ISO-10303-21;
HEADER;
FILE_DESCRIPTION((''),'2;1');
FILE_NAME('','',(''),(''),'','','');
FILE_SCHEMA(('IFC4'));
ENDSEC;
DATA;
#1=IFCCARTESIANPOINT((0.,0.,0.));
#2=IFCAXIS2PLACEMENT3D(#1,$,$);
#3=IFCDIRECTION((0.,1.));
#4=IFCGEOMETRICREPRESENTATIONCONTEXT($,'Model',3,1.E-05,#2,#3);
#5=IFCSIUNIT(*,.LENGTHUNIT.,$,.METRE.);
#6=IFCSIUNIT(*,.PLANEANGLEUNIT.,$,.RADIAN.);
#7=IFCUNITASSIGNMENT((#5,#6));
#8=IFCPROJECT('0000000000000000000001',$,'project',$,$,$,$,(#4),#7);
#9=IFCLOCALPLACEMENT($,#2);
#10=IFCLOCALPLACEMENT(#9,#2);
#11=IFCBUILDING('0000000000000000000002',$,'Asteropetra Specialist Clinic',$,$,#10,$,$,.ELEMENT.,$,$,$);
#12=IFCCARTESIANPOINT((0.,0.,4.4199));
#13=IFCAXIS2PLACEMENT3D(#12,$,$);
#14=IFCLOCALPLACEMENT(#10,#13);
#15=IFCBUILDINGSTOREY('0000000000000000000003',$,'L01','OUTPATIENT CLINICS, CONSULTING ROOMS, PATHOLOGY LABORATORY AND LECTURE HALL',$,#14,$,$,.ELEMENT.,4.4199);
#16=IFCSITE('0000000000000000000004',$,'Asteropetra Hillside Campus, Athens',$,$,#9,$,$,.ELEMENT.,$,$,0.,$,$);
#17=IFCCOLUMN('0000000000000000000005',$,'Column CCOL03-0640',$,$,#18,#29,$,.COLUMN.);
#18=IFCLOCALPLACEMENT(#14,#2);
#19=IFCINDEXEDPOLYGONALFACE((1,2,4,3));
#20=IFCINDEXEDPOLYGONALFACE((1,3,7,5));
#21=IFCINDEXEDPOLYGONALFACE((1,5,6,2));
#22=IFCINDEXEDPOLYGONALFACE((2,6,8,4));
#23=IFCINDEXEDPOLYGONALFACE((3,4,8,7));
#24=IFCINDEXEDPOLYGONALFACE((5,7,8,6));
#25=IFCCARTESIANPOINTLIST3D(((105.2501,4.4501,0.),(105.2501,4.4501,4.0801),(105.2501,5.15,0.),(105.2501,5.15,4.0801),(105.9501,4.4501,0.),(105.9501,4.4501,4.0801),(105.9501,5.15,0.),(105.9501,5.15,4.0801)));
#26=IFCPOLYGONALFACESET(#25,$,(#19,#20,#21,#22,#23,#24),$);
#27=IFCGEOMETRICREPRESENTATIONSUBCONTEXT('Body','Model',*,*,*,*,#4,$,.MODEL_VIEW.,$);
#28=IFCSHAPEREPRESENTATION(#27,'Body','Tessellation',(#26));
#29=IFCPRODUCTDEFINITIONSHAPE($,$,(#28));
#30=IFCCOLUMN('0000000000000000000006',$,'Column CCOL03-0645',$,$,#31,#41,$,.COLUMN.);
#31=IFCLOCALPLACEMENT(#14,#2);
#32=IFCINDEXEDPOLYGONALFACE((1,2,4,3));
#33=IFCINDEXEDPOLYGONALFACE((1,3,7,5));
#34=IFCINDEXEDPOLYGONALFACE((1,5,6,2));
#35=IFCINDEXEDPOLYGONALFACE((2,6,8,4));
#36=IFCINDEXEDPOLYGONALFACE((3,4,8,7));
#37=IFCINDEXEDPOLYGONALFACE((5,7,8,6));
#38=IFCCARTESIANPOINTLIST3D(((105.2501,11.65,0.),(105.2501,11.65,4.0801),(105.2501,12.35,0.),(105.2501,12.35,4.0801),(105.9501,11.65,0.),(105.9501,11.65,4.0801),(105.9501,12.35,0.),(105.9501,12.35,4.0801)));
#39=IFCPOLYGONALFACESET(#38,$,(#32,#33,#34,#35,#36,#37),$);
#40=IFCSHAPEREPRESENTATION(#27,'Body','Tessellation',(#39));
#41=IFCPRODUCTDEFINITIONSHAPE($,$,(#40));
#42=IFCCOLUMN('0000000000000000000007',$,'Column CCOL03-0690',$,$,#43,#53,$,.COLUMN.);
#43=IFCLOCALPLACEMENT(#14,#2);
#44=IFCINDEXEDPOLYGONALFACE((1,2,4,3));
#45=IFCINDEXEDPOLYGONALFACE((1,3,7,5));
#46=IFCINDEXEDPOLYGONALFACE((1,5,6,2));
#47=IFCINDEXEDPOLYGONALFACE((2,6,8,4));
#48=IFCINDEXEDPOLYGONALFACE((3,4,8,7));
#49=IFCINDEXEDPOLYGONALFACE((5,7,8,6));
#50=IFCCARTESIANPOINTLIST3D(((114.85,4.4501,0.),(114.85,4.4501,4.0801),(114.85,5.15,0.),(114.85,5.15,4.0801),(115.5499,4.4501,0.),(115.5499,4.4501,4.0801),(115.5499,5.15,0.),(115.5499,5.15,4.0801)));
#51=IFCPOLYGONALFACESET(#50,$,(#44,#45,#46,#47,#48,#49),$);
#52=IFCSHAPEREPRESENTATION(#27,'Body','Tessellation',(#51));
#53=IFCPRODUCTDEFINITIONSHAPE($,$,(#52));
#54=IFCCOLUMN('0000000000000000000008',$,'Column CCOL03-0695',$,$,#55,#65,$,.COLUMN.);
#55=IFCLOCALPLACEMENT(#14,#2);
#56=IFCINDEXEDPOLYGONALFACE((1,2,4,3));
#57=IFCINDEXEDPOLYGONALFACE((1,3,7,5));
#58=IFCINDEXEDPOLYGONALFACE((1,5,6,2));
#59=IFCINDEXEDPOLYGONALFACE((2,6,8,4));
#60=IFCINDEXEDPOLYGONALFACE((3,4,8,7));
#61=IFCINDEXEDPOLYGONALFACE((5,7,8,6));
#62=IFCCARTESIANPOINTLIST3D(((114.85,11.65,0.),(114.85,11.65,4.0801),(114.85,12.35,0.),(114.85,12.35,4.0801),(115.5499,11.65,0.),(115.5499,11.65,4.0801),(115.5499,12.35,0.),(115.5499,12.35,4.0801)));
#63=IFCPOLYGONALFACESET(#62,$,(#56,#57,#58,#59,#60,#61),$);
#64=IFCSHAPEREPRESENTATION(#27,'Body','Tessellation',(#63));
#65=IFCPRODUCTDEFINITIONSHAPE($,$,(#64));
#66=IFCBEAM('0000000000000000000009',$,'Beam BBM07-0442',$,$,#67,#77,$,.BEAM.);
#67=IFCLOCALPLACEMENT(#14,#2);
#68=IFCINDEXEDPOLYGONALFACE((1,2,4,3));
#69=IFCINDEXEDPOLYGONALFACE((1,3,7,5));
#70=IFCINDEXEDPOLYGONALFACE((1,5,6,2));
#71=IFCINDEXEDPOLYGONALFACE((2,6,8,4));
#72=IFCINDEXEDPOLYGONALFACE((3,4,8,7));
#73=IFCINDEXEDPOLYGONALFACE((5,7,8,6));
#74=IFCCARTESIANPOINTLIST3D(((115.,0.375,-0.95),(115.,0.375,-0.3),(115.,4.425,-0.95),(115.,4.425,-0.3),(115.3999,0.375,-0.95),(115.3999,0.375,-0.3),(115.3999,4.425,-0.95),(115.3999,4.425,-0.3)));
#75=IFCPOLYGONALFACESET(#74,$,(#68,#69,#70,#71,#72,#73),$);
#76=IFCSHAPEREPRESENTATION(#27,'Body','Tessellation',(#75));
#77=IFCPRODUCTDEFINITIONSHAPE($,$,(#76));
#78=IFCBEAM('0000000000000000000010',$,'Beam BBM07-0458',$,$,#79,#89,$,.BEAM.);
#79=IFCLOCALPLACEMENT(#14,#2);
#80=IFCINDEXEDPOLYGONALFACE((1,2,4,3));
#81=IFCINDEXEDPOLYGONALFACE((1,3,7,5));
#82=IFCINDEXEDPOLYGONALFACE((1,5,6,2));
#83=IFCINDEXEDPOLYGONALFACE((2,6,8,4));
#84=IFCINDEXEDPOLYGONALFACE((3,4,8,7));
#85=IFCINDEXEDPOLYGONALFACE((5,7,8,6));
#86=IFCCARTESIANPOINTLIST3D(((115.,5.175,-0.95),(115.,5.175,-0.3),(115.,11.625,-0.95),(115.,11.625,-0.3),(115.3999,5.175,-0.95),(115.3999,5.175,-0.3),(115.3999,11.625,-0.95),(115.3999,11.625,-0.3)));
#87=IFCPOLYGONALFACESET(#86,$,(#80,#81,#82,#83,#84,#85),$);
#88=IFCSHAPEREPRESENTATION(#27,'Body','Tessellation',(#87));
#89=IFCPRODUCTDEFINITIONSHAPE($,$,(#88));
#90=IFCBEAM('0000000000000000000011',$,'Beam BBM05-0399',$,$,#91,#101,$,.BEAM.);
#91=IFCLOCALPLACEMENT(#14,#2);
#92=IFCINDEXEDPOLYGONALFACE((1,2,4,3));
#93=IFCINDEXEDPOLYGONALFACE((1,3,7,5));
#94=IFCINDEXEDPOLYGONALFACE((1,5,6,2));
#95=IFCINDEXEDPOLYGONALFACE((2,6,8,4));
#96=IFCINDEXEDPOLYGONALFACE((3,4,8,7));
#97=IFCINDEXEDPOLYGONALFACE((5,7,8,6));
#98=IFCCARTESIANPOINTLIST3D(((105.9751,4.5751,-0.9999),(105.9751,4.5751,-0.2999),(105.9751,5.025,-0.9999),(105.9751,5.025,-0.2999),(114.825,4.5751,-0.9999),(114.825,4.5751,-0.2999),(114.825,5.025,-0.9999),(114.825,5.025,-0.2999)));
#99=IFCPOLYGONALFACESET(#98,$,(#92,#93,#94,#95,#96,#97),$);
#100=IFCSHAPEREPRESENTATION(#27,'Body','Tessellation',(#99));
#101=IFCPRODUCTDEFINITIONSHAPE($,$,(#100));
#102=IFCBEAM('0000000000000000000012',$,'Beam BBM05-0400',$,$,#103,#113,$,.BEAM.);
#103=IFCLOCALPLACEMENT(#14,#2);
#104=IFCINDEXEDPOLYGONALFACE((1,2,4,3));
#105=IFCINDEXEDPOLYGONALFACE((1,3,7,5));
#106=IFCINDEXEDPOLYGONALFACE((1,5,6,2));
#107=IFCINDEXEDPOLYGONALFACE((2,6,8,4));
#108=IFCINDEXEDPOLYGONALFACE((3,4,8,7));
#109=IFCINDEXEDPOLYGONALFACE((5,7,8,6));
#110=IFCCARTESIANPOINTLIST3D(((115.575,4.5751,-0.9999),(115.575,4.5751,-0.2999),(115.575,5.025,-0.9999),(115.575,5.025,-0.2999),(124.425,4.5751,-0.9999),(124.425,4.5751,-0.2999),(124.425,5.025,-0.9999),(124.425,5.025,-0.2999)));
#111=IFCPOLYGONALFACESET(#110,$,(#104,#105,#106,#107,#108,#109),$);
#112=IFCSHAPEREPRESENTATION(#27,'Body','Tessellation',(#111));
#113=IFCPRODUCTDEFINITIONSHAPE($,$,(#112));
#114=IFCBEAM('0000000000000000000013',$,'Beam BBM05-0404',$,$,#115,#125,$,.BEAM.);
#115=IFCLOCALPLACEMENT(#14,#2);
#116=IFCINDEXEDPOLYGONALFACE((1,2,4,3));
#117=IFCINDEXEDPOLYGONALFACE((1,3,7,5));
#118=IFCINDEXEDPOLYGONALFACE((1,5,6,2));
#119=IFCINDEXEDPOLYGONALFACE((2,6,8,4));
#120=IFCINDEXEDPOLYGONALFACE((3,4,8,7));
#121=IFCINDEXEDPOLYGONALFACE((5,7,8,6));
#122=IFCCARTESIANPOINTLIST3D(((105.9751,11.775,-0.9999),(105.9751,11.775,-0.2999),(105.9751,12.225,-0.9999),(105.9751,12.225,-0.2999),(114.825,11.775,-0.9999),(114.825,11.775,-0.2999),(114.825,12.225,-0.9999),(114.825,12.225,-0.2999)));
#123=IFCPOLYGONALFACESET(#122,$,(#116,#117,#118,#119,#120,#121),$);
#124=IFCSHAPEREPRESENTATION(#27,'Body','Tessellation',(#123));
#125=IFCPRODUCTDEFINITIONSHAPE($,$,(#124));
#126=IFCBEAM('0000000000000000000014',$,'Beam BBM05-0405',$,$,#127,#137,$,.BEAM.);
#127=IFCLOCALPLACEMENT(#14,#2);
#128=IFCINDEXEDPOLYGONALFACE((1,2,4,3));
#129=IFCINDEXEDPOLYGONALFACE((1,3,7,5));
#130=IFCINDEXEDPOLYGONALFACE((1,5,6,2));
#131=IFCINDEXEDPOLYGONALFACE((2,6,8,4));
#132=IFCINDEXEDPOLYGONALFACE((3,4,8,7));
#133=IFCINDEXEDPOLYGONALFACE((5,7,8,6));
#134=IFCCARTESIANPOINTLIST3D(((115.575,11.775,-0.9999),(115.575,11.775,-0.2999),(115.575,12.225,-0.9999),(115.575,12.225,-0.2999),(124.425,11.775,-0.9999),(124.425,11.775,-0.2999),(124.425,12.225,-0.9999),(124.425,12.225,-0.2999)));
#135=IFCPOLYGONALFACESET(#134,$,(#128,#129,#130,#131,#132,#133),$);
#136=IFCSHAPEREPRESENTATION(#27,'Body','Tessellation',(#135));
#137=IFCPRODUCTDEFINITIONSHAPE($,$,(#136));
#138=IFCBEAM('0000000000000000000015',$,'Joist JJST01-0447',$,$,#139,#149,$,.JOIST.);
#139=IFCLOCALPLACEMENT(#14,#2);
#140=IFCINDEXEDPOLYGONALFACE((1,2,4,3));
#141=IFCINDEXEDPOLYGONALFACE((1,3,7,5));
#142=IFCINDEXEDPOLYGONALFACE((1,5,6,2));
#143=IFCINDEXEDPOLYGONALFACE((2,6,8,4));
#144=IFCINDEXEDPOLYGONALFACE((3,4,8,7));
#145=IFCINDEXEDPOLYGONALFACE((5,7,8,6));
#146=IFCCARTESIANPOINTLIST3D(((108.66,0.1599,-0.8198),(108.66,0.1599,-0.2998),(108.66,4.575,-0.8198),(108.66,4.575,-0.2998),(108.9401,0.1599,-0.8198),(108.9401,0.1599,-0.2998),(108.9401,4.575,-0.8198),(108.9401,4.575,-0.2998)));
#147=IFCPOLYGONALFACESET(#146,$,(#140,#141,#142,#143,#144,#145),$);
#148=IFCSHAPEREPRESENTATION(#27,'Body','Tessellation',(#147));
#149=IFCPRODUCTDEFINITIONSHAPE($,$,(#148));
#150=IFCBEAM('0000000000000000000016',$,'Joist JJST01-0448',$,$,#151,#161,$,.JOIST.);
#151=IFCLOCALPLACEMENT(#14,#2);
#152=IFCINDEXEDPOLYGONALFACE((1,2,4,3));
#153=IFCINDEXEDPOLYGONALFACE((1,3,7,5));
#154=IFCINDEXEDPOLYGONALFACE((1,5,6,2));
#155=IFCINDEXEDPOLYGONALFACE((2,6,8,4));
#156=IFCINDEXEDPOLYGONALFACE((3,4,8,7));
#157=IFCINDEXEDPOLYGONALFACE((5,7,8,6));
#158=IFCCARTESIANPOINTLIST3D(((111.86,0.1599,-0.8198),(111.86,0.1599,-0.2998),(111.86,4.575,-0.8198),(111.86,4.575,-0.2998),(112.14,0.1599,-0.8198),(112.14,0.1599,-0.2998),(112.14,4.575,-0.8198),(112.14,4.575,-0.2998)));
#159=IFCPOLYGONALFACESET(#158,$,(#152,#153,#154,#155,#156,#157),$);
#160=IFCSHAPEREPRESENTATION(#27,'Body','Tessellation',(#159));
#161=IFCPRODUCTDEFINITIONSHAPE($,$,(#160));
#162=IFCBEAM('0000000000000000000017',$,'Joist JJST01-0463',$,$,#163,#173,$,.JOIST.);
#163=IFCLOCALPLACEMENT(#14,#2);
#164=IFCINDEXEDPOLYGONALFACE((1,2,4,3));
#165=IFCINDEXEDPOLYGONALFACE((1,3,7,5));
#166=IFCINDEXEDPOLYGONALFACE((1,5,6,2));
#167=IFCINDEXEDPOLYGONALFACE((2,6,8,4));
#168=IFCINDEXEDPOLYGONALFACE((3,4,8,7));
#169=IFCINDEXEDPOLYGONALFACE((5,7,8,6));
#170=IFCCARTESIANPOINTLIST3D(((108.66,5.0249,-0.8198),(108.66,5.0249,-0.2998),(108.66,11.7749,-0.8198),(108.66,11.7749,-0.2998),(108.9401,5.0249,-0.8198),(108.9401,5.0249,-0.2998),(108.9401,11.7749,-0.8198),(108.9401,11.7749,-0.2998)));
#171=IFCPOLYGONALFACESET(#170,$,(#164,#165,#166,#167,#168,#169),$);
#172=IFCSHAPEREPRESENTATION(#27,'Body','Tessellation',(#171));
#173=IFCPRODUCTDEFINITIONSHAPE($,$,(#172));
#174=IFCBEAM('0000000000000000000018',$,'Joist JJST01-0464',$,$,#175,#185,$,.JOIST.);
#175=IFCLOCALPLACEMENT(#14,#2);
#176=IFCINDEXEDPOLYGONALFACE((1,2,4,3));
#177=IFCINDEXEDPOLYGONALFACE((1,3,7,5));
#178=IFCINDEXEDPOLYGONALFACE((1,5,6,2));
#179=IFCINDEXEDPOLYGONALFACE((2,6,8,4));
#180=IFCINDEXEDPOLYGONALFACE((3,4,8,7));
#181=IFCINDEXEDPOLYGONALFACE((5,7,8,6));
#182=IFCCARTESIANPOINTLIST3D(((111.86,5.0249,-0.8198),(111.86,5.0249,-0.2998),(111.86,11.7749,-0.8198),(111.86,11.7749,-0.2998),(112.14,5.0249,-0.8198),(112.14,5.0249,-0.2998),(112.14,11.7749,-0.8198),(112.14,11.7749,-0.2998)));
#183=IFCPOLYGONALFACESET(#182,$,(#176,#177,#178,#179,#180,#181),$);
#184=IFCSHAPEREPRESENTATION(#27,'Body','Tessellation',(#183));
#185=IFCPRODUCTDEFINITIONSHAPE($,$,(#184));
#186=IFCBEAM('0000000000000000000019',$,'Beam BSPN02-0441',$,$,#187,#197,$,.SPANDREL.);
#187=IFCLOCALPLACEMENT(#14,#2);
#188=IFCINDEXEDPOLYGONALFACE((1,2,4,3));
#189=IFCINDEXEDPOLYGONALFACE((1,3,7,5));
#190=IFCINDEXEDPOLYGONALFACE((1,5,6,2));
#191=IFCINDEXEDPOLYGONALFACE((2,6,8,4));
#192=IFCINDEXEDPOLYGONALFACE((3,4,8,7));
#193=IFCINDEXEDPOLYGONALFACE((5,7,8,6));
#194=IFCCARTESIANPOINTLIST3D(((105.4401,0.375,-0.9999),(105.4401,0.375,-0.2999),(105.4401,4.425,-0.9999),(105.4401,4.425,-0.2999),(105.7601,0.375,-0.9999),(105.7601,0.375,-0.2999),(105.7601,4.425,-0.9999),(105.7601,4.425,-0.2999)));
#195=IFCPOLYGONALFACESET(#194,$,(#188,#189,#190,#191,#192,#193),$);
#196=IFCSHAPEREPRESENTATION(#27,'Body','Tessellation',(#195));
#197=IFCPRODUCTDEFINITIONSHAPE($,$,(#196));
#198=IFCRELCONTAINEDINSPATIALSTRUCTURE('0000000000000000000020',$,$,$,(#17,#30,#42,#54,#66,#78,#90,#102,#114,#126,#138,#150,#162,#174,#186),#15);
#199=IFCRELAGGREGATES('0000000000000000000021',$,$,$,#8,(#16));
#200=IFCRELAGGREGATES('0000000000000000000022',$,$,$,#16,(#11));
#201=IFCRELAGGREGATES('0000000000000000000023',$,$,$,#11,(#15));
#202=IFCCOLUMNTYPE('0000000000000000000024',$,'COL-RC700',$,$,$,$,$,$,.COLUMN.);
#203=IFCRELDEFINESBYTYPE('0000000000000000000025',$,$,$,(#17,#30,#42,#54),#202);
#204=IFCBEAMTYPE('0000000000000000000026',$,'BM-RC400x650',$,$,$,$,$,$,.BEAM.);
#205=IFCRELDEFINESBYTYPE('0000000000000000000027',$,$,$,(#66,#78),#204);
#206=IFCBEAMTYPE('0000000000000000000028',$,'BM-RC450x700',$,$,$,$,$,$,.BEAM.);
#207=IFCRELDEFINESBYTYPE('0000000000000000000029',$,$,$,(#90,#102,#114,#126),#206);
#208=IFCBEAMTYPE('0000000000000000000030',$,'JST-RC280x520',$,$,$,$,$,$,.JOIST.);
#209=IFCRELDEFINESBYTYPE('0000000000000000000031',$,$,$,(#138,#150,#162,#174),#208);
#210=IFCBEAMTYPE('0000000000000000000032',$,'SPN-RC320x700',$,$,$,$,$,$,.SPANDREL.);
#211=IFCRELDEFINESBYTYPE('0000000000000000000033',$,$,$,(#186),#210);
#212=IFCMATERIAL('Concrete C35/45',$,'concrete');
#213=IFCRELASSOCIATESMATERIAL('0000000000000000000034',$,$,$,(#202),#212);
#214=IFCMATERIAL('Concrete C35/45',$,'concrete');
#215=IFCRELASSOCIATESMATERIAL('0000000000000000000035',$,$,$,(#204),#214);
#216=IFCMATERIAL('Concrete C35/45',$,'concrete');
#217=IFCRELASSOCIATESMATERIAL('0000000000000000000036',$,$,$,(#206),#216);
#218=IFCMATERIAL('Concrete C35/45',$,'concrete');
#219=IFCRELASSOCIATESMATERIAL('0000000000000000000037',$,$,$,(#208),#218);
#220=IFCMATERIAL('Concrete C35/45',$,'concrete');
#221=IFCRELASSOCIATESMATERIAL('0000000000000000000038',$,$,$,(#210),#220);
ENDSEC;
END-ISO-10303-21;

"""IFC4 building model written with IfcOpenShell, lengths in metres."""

from ifc_helpers import new_model, si_unit, direction, frame, origin, origin_2d, place, context, subcontext, project, spatial, rectangle, extrude, material, material_profile, profile_set, type_object, element, save


model = new_model("IFC4")

# Units and contexts
model_context = context("Model", 3, precision=1e-05, world=origin(), true_north=direction((0.0, 1.0)))
body_context = subcontext(model_context, "Body", "Model", "MODEL_VIEW")
ifc_project = project(units=[si_unit("LENGTHUNIT", "METRE"), si_unit("PLANEANGLEUNIT", "RADIAN")], contexts=[model_context])

# Site, building, storey
site_placement = place(None, origin())
site = spatial("IfcSite", under=ifc_project, at=site_placement, Name="Asteropetra Hillside Campus, Athens", CompositionType="ELEMENT", RefElevation=0.0)
building_placement = place(site_placement, origin())
building = spatial("IfcBuilding", under=site, at=building_placement, Name="Asteropetra Specialist Clinic", CompositionType="ELEMENT")
storey_placement = place(building_placement, frame((0.0, 0.0, 4.4199)))
storey = spatial("IfcBuildingStorey", under=building, at=storey_placement, Name="L01", Description="OUTPATIENT CLINICS, CONSULTING ROOMS, PATHOLOGY LABORATORY AND LECTURE HALL", CompositionType="ELEMENT", Elevation=4.4199)

# Columns
ifc_material_1 = material(Name="Concrete C35/45", Category="concrete")
ifc_material_profile_1 = material_profile(ifc_material_1, rectangle(XDim=0.7, YDim=0.7, at=origin_2d()), Name="RC 700x700")
ifc_profile_set_1 = profile_set([ifc_material_profile_1], Name="Concrete C35/45")
column_type = type_object("IfcColumnType", Name="COL-RC700", PredefinedType="COLUMN", material=ifc_profile_set_1)
for number, where, z_axis, x_axis, name in (
    (1, (105.6001, 4.8, 0.0), (0.0, 0.0, 1.0), (1.0, 0.0, 0.0), "Column CCOL03-0640"),
    (2, (105.6001, 12.0, 0.0), (0.0, 0.0, 1.0), (1.0, 0.0, 0.0), "Column CCOL03-0645"),
    (3, (115.2, 4.8, 0.0), (0.0, 0.0, 1.0), (1.0, 0.0, 0.0), "Column CCOL03-0690"),
    (4, (115.2, 12.0, 0.0), (0.0, 0.0, 1.0), (1.0, 0.0, 0.0), "Column CCOL03-0695"),
):
    element("IfcColumn", number, at=place(storey_placement, frame(where, z_axis=z_axis, x_axis=x_axis)), inside=storey, type_object=column_type, Name=name, PredefinedType="COLUMN", context=body_context, shape_type="SweptSolid", body=[
        extrude(rectangle(XDim=0.7, YDim=0.7, at=origin_2d()), origin(), (0.0, 0.0, 1.0), 4.0801),
    ])

# Beams
ifc_material_2 = material(Name="Concrete C35/45", Category="concrete")
ifc_material_profile_2 = material_profile(ifc_material_2, rectangle(XDim=0.3999, YDim=0.6499, at=origin_2d()), Name="RCB 400x650")
ifc_profile_set_2 = profile_set([ifc_material_profile_2], Name="Concrete C35/45")
beam_type_1 = type_object("IfcBeamType", Name="BM-RC400x650", PredefinedType="BEAM", material=ifc_profile_set_2)
beam_1_placement = place(storey_placement, frame((115.2, 0.375, -0.625), z_axis=(0.0, 1.0, 0.0), x_axis=(-1.0, 0.0, 0.0)))
element("IfcBeam", 5, at=beam_1_placement, inside=storey, type_object=beam_type_1, Name="Beam BBM07-0442", PredefinedType="BEAM", context=body_context, shape_type="SweptSolid", body=[
    extrude(rectangle(XDim=0.3999, YDim=0.6499, at=origin_2d()), origin(), (0.0, 0.0, 1.0), 4.05),
])
beam_2_placement = place(storey_placement, frame((115.2, 5.175, -0.625), z_axis=(0.0, 1.0, 0.0), x_axis=(-1.0, 0.0, 0.0)))
element("IfcBeam", 6, at=beam_2_placement, inside=storey, type_object=beam_type_1, Name="Beam BBM07-0458", PredefinedType="BEAM", context=body_context, shape_type="SweptSolid", body=[
    extrude(rectangle(XDim=0.3999, YDim=0.6499, at=origin_2d()), origin(), (0.0, 0.0, 1.0), 6.45),
])
ifc_material_3 = material(Name="Concrete C35/45", Category="concrete")
ifc_material_profile_3 = material_profile(ifc_material_3, rectangle(XDim=0.45, YDim=0.7, at=origin_2d()), Name="RCB 450x700")
ifc_profile_set_3 = profile_set([ifc_material_profile_3], Name="Concrete C35/45")
beam_type_2 = type_object("IfcBeamType", Name="BM-RC450x700", PredefinedType="BEAM", material=ifc_profile_set_3)
beam_3_placement = place(storey_placement, frame((105.9751, 4.8, -0.6499), z_axis=(1.0, 0.0, 0.0), x_axis=(0.0, 1.0, 0.0)))
element("IfcBeam", 7, at=beam_3_placement, inside=storey, type_object=beam_type_2, Name="Beam BBM05-0399", PredefinedType="BEAM", context=body_context, shape_type="SweptSolid", body=[
    extrude(rectangle(XDim=0.45, YDim=0.7, at=origin_2d()), origin(), (0.0, 0.0, 1.0), 8.8499),
])
beam_4_placement = place(storey_placement, frame((115.575, 4.8, -0.6499), z_axis=(1.0, 0.0, 0.0), x_axis=(0.0, 1.0, 0.0)))
element("IfcBeam", 8, at=beam_4_placement, inside=storey, type_object=beam_type_2, Name="Beam BBM05-0400", PredefinedType="BEAM", context=body_context, shape_type="SweptSolid", body=[
    extrude(rectangle(XDim=0.45, YDim=0.7, at=origin_2d()), origin(), (0.0, 0.0, 1.0), 8.8501),
])
beam_5_placement = place(storey_placement, frame((105.9751, 12.0, -0.6499), z_axis=(1.0, 0.0, 0.0), x_axis=(0.0, 1.0, 0.0)))
element("IfcBeam", 9, at=beam_5_placement, inside=storey, type_object=beam_type_2, Name="Beam BBM05-0404", PredefinedType="BEAM", context=body_context, shape_type="SweptSolid", body=[
    extrude(rectangle(XDim=0.45, YDim=0.7, at=origin_2d()), origin(), (0.0, 0.0, 1.0), 8.8499),
])
beam_6_placement = place(storey_placement, frame((115.575, 12.0, -0.6499), z_axis=(1.0, 0.0, 0.0), x_axis=(0.0, 1.0, 0.0)))
element("IfcBeam", 10, at=beam_6_placement, inside=storey, type_object=beam_type_2, Name="Beam BBM05-0405", PredefinedType="BEAM", context=body_context, shape_type="SweptSolid", body=[
    extrude(rectangle(XDim=0.45, YDim=0.7, at=origin_2d()), origin(), (0.0, 0.0, 1.0), 8.8501),
])
ifc_material_4 = material(Name="Concrete C35/45", Category="concrete")
ifc_material_profile_4 = material_profile(ifc_material_4, rectangle(XDim=0.28, YDim=0.52, at=origin_2d()), Name="RCJ 280x520")
ifc_profile_set_4 = profile_set([ifc_material_profile_4], Name="Concrete C35/45")
beam_type_3 = type_object("IfcBeamType", Name="JST-RC280x520", PredefinedType="JOIST", material=ifc_profile_set_4)
for number, where, z_axis, x_axis, name in (
    (11, (108.8, 0.1599, -0.5598), (0.0, 1.0, 0.0), (-1.0, 0.0, 0.0), "Joist JJST01-0447"),
    (12, (112.0, 0.1599, -0.5598), (0.0, 1.0, 0.0), (-1.0, 0.0, 0.0), "Joist JJST01-0448"),
):
    element("IfcBeam", number, at=place(storey_placement, frame(where, z_axis=z_axis, x_axis=x_axis)), inside=storey, type_object=beam_type_3, Name=name, PredefinedType="JOIST", context=body_context, shape_type="SweptSolid", body=[
        extrude(rectangle(XDim=0.28, YDim=0.52, at=origin_2d()), origin(), (0.0, 0.0, 1.0), 4.415),
    ])
for number, where, z_axis, x_axis, name in (
    (13, (108.8, 5.0249, -0.5598), (0.0, 1.0, 0.0), (-1.0, 0.0, 0.0), "Joist JJST01-0463"),
    (14, (112.0, 5.0249, -0.5598), (0.0, 1.0, 0.0), (-1.0, 0.0, 0.0), "Joist JJST01-0464"),
):
    element("IfcBeam", number, at=place(storey_placement, frame(where, z_axis=z_axis, x_axis=x_axis)), inside=storey, type_object=beam_type_3, Name=name, PredefinedType="JOIST", context=body_context, shape_type="SweptSolid", body=[
        extrude(rectangle(XDim=0.28, YDim=0.52, at=origin_2d()), origin(), (0.0, 0.0, 1.0), 6.75),
    ])
ifc_material_5 = material(Name="Concrete C35/45", Category="concrete")
ifc_material_profile_5 = material_profile(ifc_material_5, rectangle(XDim=0.3201, YDim=0.7, at=origin_2d()), Name="RCS 320x700")
ifc_profile_set_5 = profile_set([ifc_material_profile_5], Name="Concrete C35/45")
beam_type_4 = type_object("IfcBeamType", Name="SPN-RC320x700", PredefinedType="SPANDREL", material=ifc_profile_set_5)
beam_7_placement = place(storey_placement, frame((105.6001, 0.375, -0.6499), z_axis=(0.0, 1.0, 0.0), x_axis=(-1.0, 0.0, 0.0)))
element("IfcBeam", 15, at=beam_7_placement, inside=storey, type_object=beam_type_4, Name="Beam BSPN02-0441", PredefinedType="SPANDREL", context=body_context, shape_type="SweptSolid", body=[
    extrude(rectangle(XDim=0.3201, YDim=0.7, at=origin_2d()), origin(), (0.0, 0.0, 1.0), 4.05),
])

save(model, "model.ifc")
